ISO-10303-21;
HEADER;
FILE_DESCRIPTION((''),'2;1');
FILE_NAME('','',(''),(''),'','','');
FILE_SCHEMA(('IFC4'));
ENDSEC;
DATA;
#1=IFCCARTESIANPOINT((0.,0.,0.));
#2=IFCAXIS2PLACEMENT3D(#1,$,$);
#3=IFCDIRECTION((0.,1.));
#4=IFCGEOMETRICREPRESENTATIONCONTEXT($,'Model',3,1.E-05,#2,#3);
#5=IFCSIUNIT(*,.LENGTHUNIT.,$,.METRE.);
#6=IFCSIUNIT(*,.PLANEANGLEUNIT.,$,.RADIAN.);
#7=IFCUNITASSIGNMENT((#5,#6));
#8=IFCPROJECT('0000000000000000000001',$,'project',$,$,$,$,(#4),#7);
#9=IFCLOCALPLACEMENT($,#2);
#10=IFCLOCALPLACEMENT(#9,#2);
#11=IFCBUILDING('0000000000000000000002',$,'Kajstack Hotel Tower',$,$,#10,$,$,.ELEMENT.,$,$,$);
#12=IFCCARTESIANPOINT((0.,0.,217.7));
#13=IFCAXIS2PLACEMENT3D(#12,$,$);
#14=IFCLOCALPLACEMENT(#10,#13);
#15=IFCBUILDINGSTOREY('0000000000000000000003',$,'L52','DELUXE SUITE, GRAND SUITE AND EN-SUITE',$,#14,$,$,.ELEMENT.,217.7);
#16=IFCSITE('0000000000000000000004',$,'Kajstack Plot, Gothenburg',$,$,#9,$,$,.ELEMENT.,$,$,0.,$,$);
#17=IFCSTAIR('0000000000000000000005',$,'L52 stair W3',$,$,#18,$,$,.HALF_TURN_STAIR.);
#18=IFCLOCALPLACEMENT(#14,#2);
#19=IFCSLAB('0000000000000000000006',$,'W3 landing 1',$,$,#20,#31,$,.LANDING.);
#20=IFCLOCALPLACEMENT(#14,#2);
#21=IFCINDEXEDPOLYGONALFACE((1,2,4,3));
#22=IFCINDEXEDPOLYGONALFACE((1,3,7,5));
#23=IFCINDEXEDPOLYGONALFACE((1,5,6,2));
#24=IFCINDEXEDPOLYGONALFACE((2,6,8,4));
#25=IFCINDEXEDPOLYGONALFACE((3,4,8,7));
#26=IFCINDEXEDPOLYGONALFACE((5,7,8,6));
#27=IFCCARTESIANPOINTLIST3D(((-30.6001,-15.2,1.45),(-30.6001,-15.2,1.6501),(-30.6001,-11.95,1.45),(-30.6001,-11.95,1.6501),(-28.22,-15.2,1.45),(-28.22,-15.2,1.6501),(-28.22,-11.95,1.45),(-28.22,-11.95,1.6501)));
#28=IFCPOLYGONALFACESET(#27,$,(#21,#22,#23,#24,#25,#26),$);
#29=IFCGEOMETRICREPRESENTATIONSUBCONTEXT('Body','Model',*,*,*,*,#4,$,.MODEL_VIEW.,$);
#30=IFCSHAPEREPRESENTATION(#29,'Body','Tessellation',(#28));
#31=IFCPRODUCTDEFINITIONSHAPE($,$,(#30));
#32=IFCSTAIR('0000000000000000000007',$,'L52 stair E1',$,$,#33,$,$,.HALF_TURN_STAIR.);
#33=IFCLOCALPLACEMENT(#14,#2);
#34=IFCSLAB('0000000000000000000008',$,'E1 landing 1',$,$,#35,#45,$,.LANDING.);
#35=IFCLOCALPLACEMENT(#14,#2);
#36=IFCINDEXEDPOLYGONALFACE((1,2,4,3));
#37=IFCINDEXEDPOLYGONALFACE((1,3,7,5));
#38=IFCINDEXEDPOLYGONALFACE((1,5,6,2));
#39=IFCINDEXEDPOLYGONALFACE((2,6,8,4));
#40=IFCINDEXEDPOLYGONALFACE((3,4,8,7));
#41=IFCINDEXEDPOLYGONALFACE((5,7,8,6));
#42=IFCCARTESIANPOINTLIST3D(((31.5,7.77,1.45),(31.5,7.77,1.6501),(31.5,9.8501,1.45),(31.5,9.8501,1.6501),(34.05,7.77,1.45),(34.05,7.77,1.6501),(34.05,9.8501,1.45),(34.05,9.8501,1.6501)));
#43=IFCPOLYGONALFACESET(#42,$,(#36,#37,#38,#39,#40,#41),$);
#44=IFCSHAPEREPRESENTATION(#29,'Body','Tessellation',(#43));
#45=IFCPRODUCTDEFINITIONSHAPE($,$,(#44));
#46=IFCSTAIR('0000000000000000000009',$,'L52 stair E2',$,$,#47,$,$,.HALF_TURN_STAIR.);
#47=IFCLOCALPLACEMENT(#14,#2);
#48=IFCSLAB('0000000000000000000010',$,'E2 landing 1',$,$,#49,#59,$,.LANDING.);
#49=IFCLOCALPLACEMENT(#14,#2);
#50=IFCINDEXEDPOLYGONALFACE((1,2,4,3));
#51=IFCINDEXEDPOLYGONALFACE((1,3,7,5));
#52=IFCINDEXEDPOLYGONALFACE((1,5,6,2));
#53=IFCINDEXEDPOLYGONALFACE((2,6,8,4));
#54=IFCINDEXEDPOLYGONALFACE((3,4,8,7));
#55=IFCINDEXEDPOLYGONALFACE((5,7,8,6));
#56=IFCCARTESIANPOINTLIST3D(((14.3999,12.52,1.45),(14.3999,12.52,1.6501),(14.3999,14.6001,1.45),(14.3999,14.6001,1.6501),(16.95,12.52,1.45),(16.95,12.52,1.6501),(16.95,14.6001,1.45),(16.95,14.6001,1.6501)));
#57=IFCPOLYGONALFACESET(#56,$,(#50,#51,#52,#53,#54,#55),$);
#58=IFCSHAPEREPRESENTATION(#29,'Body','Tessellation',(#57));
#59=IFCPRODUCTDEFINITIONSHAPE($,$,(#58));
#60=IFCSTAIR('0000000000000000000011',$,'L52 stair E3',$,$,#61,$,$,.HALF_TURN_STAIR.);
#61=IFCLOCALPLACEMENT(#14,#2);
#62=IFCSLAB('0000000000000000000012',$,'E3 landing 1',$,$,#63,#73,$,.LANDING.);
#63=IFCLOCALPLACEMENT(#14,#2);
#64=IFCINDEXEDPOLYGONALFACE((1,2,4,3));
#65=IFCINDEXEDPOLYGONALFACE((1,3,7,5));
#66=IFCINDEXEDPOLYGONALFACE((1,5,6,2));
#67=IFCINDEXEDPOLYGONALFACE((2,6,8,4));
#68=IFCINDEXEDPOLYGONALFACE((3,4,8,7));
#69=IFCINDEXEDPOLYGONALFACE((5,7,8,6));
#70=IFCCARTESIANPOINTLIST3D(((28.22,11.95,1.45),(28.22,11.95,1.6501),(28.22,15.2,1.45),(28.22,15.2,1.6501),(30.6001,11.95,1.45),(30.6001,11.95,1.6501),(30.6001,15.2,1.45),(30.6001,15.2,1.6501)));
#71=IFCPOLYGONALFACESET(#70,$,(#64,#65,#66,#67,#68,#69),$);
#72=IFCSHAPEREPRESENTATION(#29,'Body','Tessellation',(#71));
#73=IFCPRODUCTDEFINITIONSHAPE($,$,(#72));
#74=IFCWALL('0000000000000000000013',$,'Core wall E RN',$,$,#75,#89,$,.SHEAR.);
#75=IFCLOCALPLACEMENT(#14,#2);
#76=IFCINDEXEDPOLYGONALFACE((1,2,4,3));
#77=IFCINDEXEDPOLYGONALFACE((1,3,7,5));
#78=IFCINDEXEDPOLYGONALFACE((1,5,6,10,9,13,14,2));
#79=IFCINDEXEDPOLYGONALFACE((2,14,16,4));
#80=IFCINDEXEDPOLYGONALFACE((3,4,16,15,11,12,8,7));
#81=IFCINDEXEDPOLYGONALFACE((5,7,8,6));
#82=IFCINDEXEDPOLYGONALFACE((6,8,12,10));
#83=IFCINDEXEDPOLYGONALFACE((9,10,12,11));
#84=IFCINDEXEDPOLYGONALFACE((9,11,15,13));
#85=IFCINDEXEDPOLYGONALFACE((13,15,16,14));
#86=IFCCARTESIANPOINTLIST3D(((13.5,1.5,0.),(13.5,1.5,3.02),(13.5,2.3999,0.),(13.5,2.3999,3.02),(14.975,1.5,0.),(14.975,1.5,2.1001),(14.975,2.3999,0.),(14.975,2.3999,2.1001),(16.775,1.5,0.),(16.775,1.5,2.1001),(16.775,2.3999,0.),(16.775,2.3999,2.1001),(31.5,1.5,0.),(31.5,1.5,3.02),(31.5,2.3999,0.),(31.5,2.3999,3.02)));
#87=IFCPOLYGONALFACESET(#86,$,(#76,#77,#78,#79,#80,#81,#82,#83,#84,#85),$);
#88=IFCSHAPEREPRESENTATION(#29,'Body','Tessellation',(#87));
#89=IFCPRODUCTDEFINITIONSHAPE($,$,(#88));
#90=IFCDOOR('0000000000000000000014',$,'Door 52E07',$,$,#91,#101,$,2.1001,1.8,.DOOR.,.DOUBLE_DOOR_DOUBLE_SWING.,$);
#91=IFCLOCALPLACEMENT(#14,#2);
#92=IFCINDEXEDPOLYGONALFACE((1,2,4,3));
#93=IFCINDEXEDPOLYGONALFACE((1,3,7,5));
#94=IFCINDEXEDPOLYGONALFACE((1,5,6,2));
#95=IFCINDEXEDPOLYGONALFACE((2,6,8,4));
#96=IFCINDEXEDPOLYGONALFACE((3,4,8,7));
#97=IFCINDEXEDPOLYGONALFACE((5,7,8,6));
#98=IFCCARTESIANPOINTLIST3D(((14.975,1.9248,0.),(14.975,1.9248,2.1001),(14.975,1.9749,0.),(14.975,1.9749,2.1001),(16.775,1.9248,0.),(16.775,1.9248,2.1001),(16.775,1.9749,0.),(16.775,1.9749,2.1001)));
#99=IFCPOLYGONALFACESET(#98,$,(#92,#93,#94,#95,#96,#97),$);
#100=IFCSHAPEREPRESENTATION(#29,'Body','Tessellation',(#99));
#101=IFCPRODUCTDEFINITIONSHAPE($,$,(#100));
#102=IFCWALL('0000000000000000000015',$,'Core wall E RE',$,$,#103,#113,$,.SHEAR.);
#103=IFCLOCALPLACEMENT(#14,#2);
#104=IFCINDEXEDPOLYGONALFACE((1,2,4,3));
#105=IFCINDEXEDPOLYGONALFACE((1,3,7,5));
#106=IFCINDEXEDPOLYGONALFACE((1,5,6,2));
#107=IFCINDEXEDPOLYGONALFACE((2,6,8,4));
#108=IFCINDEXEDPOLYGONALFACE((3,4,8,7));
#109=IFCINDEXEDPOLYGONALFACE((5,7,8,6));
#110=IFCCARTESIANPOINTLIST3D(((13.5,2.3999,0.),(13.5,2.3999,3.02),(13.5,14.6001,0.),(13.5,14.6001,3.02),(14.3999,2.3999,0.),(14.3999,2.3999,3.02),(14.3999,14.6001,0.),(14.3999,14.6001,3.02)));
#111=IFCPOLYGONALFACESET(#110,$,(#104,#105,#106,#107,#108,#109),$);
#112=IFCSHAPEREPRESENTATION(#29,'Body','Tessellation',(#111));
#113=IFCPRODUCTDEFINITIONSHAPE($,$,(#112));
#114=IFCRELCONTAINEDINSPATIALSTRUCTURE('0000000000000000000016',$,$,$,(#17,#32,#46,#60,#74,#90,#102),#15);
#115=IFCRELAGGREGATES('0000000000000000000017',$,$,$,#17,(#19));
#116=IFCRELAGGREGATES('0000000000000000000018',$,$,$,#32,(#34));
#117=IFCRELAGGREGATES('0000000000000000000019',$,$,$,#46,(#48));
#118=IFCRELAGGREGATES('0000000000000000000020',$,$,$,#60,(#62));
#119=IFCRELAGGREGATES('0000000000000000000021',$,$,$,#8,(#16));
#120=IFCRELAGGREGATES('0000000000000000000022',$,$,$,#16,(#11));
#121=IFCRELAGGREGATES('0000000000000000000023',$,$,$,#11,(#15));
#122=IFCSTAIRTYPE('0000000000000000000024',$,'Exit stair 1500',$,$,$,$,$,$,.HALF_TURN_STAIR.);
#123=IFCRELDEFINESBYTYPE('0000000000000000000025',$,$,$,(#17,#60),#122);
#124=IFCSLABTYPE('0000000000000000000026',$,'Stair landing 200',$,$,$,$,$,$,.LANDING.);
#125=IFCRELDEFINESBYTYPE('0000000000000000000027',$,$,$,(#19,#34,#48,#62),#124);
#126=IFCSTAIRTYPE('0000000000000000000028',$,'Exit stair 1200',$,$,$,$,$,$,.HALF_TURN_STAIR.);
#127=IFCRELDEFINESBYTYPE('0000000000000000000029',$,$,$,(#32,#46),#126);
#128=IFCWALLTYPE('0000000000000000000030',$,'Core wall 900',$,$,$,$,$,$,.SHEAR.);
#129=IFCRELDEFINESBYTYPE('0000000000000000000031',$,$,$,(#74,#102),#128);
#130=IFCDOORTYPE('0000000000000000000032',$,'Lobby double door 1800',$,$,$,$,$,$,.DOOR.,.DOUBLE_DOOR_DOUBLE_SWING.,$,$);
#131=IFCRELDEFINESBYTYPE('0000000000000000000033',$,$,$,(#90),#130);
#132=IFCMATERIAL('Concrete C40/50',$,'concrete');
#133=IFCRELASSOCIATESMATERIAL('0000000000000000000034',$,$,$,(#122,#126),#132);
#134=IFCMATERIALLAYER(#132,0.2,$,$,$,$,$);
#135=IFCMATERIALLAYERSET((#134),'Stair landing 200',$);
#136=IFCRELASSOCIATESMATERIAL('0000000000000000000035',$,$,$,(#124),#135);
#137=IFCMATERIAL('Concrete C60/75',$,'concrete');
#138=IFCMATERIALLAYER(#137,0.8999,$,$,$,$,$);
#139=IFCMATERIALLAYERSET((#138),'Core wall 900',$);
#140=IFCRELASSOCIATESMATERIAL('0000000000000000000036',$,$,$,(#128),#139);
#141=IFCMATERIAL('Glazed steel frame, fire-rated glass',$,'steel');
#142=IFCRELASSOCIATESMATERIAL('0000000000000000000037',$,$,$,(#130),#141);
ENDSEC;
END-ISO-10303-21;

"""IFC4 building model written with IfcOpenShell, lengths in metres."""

from ifc_helpers import new_model, si_unit, direction, frame, frame_2d, origin, place, context, subcontext, project, spatial, polyline, rectangle, outline, extrude, material, layer, layer_set, type_object, element, fill, aggregate, save


model = new_model("IFC4")

# Units and contexts
model_context = context("Model", 3, precision=1e-05, world=origin(), true_north=direction((0.0, 1.0)))
body_context = subcontext(model_context, "Body", "Model", "MODEL_VIEW")
ifc_project = project(units=[si_unit("LENGTHUNIT", "METRE"), si_unit("PLANEANGLEUNIT", "RADIAN")], contexts=[model_context])

# Site, building, storey
site_placement = place(None, origin())
site = spatial("IfcSite", under=ifc_project, at=site_placement, Name="Kajstack Plot, Gothenburg", CompositionType="ELEMENT", RefElevation=0.0)
building_placement = place(site_placement, origin())
building = spatial("IfcBuilding", under=site, at=building_placement, Name="Kajstack Hotel Tower", CompositionType="ELEMENT")
storey_placement = place(building_placement, frame((0.0, 0.0, 217.7)))
storey = spatial("IfcBuildingStorey", under=building, at=storey_placement, Name="L52", Description="DELUXE SUITE, GRAND SUITE AND EN-SUITE", CompositionType="ELEMENT", Elevation=217.7)

# Stairs, slabs
ifc_material_1 = material(Name="Concrete C40/50", Category="concrete")
stair_type_1 = type_object("IfcStairType", Name="Exit stair 1500", PredefinedType="HALF_TURN_STAIR", material=ifc_material_1)
stair_1_placement = place(storey_placement, origin())
stair_1 = element("IfcStair", 1, at=stair_1_placement, inside=storey, type_object=stair_type_1, Name="L52 stair W3", PredefinedType="HALF_TURN_STAIR")
ifc_layer_1 = layer(ifc_material_1, 0.2)
ifc_layer_set_1 = layer_set([ifc_layer_1], Name="Stair landing 200")
slab_type = type_object("IfcSlabType", Name="Stair landing 200", PredefinedType="LANDING", material=ifc_layer_set_1)
slab_1_placement = place(storey_placement, frame((0.0, 0.0, 1.45)))
slab_1 = element("IfcSlab", 2, at=slab_1_placement, type_object=slab_type, Name="W3 landing 1", PredefinedType="LANDING", context=body_context, shape_type="SweptSolid", body=[
    extrude(outline(polyline([(-28.22, -11.95), (-30.6001, -11.95), (-30.6001, -15.2), (-28.22, -15.2), (-28.22, -11.95)])), origin(), (0.0, 0.0, 1.0), 0.2002),
])
aggregate(stair_1, [slab_1])
stair_type_2 = type_object("IfcStairType", Name="Exit stair 1200", PredefinedType="HALF_TURN_STAIR", material=ifc_material_1)
stair_2_placement = place(storey_placement, origin())
stair_2 = element("IfcStair", 3, at=stair_2_placement, inside=storey, type_object=stair_type_2, Name="L52 stair E1", PredefinedType="HALF_TURN_STAIR")
slab_2_placement = place(storey_placement, frame((0.0, 0.0, 1.45)))
slab_2 = element("IfcSlab", 4, at=slab_2_placement, type_object=slab_type, Name="E1 landing 1", PredefinedType="LANDING", context=body_context, shape_type="SweptSolid", body=[
    extrude(outline(polyline([(34.05, 7.77), (34.05, 9.8501), (31.5, 9.8501), (31.5, 7.77), (34.05, 7.77)])), origin(), (0.0, 0.0, 1.0), 0.2002),
])
aggregate(stair_2, [slab_2])
stair_3_placement = place(storey_placement, origin())
stair_3 = element("IfcStair", 5, at=stair_3_placement, inside=storey, type_object=stair_type_2, Name="L52 stair E2", PredefinedType="HALF_TURN_STAIR")
slab_3_placement = place(storey_placement, frame((0.0, 0.0, 1.45)))
slab_3 = element("IfcSlab", 6, at=slab_3_placement, type_object=slab_type, Name="E2 landing 1", PredefinedType="LANDING", context=body_context, shape_type="SweptSolid", body=[
    extrude(outline(polyline([(16.95, 12.52), (16.95, 14.6001), (14.3999, 14.6001), (14.3999, 12.52), (16.95, 12.52)])), origin(), (0.0, 0.0, 1.0), 0.2002),
])
aggregate(stair_3, [slab_3])
stair_4_placement = place(storey_placement, origin())
stair_4 = element("IfcStair", 7, at=stair_4_placement, inside=storey, type_object=stair_type_1, Name="L52 stair E3", PredefinedType="HALF_TURN_STAIR")
slab_4_placement = place(storey_placement, frame((0.0, 0.0, 1.45)))
slab_4 = element("IfcSlab", 8, at=slab_4_placement, type_object=slab_type, Name="E3 landing 1", PredefinedType="LANDING", context=body_context, shape_type="SweptSolid", body=[
    extrude(outline(polyline([(28.22, 11.95), (30.6001, 11.95), (30.6001, 15.2), (28.22, 15.2), (28.22, 11.95)])), origin(), (0.0, 0.0, 1.0), 0.2002),
])
aggregate(stair_4, [slab_4])

# Wall, opening, door
ifc_material_2 = material(Name="Concrete C60/75", Category="concrete")
ifc_layer_2 = layer(ifc_material_2, 0.8999)
ifc_layer_set_2 = layer_set([ifc_layer_2], Name="Core wall 900")
wall_type_1 = type_object("IfcWallType", Name="Core wall 900", PredefinedType="SHEAR", material=ifc_layer_set_2)
wall_1_placement = place(storey_placement, frame((13.5, 1.95, 0.0), z_axis=(0.0, 0.0, 1.0), x_axis=(1.0, 0.0, 0.0)))
wall_1 = element("IfcWall", 9, at=wall_1_placement, inside=storey, type_object=wall_type_1, Name="Core wall E RN", PredefinedType="SHEAR", context=body_context, shape_type="SweptSolid", body=[
    extrude(rectangle(XDim=18.0, YDim=0.8999, at=frame_2d((9.0, 0.0))), origin(), (0.0, 0.0, 1.0), 3.02),
])
opening_1_placement = place(wall_1_placement, frame((1.4751, 0.0, 0.0)))
opening_1 = element("IfcOpeningElement", 10, at=opening_1_placement, cuts=wall_1, PredefinedType="OPENING", context=body_context, shape_type="SweptSolid", body=[
    extrude(rectangle(XDim=1.8, YDim=2.1001, at=frame_2d((0.8999, 1.05))), frame((0.0, 0.46, 0.0), z_axis=(0.0, -1.0, 0.0), x_axis=(1.0, 0.0, 0.0)), (0.0, 0.0, 1.0), 0.9199),
])
ifc_material_3 = material(Name="Glazed steel frame, fire-rated glass", Category="steel")
door_type_1 = type_object("IfcDoorType", Name="Lobby double door 1800", OperationType="DOUBLE_DOOR_DOUBLE_SWING", PredefinedType="DOOR", material=ifc_material_3)
door_1_placement = place(opening_1_placement, origin())
door_1 = element("IfcDoor", 11, at=door_1_placement, inside=storey, type_object=door_type_1, Name="Door 52E07", OperationType="DOUBLE_DOOR_DOUBLE_SWING", OverallHeight=2.1001, OverallWidth=1.8, PredefinedType="DOOR", context=body_context, shape_type="SweptSolid", body=[
    extrude(rectangle(XDim=1.8, YDim=2.1001, at=frame_2d((0.8999, 1.05))), frame((0.0, 0.0249, 0.0), z_axis=(0.0, -1.0, 0.0), x_axis=(1.0, 0.0, 0.0)), (0.0, 0.0, 1.0), 0.05),
])
fill(opening_1, door_1)

# Wall
wall_2_placement = place(storey_placement, frame((13.95, 2.3999, 0.0), z_axis=(0.0, 0.0, 1.0), x_axis=(0.0, 1.0, 0.0)))
element("IfcWall", 12, at=wall_2_placement, inside=storey, type_object=wall_type_1, Name="Core wall E RE", PredefinedType="SHEAR", context=body_context, shape_type="SweptSolid", body=[
    extrude(rectangle(XDim=12.2002, YDim=0.8999, at=frame_2d((6.1001, 0.0))), origin(), (0.0, 0.0, 1.0), 3.02),
])

save(model, "model.ifc")
